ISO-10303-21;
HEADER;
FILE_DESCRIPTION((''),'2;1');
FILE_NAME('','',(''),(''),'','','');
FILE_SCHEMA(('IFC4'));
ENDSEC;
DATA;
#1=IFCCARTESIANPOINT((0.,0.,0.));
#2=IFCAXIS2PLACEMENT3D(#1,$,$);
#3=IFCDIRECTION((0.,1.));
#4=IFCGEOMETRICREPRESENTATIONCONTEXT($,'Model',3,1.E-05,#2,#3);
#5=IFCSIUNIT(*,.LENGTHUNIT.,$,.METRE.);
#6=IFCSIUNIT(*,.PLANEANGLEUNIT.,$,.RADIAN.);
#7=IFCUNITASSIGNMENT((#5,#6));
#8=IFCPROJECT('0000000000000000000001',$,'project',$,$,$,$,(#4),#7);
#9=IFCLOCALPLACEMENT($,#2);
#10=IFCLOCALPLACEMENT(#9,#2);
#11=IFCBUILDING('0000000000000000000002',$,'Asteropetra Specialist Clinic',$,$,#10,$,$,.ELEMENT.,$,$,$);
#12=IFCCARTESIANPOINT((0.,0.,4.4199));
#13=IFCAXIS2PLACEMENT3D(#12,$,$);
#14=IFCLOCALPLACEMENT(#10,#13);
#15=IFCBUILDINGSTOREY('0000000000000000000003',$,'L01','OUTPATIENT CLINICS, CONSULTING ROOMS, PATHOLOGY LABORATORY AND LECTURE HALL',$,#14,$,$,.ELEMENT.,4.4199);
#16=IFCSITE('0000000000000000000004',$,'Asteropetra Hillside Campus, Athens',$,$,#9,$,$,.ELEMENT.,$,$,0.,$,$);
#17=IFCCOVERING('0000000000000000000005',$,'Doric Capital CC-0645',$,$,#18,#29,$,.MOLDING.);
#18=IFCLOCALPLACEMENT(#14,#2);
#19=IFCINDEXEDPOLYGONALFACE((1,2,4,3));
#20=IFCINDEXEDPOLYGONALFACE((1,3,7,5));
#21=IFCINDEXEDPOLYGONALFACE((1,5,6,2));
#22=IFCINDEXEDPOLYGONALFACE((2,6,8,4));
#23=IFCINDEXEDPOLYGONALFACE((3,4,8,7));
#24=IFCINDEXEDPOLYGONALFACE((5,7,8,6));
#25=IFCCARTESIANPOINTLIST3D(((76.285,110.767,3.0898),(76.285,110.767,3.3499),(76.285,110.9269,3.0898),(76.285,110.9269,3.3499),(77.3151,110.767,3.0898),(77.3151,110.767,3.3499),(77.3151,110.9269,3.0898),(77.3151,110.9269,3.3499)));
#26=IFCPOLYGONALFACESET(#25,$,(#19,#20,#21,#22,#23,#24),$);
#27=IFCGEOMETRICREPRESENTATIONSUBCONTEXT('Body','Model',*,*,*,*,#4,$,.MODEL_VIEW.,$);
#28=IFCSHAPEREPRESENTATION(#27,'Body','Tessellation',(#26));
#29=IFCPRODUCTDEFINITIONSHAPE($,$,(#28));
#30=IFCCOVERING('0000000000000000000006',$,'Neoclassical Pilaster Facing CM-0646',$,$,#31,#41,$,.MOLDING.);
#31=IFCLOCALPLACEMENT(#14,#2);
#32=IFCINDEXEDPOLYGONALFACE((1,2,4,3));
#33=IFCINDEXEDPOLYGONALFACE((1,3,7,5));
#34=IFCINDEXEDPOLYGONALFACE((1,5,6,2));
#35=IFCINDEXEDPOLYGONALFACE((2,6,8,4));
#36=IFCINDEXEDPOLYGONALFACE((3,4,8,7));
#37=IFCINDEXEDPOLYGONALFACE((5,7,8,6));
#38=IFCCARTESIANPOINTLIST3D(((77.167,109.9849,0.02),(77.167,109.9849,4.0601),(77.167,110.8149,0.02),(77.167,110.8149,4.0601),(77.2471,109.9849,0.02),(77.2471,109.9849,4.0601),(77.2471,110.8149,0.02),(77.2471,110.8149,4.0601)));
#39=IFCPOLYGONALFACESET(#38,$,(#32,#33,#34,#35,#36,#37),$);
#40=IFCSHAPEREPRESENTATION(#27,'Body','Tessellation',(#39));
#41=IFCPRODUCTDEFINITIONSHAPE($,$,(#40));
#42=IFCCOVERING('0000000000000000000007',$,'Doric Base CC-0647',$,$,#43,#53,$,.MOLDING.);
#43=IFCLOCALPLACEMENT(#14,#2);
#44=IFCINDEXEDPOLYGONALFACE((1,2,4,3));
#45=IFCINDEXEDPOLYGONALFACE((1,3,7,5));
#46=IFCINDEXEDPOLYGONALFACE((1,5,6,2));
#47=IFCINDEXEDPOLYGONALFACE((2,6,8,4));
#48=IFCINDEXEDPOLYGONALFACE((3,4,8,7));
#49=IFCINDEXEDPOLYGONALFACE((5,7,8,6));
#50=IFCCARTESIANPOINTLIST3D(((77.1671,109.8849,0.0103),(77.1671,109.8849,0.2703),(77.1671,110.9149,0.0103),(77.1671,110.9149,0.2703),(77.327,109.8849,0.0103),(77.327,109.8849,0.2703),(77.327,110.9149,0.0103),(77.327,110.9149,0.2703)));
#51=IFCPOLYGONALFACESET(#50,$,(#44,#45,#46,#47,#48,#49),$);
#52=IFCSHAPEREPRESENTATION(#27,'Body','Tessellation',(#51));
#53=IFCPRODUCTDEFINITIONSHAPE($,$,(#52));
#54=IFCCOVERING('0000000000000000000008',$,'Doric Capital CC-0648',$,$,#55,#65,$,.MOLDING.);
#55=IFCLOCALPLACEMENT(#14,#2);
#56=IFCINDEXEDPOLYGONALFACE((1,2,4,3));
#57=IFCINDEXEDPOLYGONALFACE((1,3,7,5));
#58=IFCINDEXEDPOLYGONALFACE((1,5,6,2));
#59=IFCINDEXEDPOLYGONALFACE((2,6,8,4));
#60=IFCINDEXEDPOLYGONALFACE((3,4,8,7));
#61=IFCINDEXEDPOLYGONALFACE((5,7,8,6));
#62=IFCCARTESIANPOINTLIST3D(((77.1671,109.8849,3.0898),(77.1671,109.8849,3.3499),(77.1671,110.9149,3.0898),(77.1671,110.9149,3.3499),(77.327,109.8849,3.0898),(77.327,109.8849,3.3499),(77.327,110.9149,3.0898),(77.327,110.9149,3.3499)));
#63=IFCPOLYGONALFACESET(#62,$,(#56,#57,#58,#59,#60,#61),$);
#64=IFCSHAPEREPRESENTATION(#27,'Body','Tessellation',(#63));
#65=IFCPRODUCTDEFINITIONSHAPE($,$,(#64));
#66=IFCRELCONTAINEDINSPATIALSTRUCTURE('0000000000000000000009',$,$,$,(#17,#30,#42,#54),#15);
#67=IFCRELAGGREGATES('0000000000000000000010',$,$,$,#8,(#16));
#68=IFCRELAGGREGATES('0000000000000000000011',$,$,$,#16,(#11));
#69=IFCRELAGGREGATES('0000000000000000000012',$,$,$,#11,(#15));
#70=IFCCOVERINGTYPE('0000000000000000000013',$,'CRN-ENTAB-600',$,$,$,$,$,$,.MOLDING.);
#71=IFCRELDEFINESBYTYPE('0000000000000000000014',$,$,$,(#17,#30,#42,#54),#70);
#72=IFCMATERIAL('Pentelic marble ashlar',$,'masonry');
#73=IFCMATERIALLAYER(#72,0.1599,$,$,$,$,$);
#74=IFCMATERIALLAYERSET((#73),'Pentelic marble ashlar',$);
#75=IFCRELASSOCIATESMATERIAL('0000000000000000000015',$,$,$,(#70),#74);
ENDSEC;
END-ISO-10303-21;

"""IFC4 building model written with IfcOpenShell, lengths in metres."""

from ifc_helpers import new_model, si_unit, direction, frame, origin, origin_2d, place, context, subcontext, project, spatial, rectangle, extrude, material, layer, layer_set, type_object, element, save


model = new_model("IFC4")

# Units and contexts
model_context = context("Model", 3, precision=1e-05, world=origin(), true_north=direction((0.0, 1.0)))
body_context = subcontext(model_context, "Body", "Model", "MODEL_VIEW")
ifc_project = project(units=[si_unit("LENGTHUNIT", "METRE"), si_unit("PLANEANGLEUNIT", "RADIAN")], contexts=[model_context])

# Site, building, storey
site_placement = place(None, origin())
site = spatial("IfcSite", under=ifc_project, at=site_placement, Name="Asteropetra Hillside Campus, Athens", CompositionType="ELEMENT", RefElevation=0.0)
building_placement = place(site_placement, origin())
building = spatial("IfcBuilding", under=site, at=building_placement, Name="Asteropetra Specialist Clinic", CompositionType="ELEMENT")
storey_placement = place(building_placement, frame((0.0, 0.0, 4.4199)))
storey = spatial("IfcBuildingStorey", under=building, at=storey_placement, Name="L01", Description="OUTPATIENT CLINICS, CONSULTING ROOMS, PATHOLOGY LABORATORY AND LECTURE HALL", CompositionType="ELEMENT", Elevation=4.4199)

# Coverings
ifc_material_1 = material(Name="Pentelic marble ashlar", Category="masonry")
ifc_layer_1 = layer(ifc_material_1, 0.1599)
ifc_layer_set_1 = layer_set([ifc_layer_1], Name="Pentelic marble ashlar")
covering_type_1 = type_object("IfcCoveringType", Name="CRN-ENTAB-600", PredefinedType="MOLDING", material=ifc_layer_set_1)
for number, where, z_axis, x_axis, name in (
    (1, (76.8, 110.8469, 3.0898), (0.0, 0.0, 1.0), (1.0, 0.0, 0.0), "Doric Capital CC-0645"),
):
    element("IfcCovering", number, at=place(storey_placement, frame(where, z_axis=z_axis, x_axis=x_axis)), inside=storey, type_object=covering_type_1, Name=name, PredefinedType="MOLDING", context=body_context, shape_type="SweptSolid", body=[
        extrude(rectangle(XDim=1.03, YDim=0.1599, at=origin_2d()), origin(), (0.0, 0.0, 1.0), 0.26),
    ])
covering_1_placement = place(storey_placement, frame((77.207, 110.3999, 0.02), z_axis=(0.0, 0.0, 1.0), x_axis=(1.0, 0.0, 0.0)))
element("IfcCovering", 2, at=covering_1_placement, inside=storey, type_object=covering_type_1, Name="Neoclassical Pilaster Facing CM-0646", PredefinedType="MOLDING", context=body_context, shape_type="SweptSolid", body=[
    extrude(rectangle(XDim=0.0801, YDim=0.8301, at=origin_2d()), origin(), (0.0, 0.0, 1.0), 4.04),
])
for number, where, z_axis, x_axis, name in (
    (3, (77.2471, 110.3999, 0.0103), (0.0, 0.0, 1.0), (1.0, 0.0, 0.0), "Doric Base CC-0647"),
    (4, (77.2471, 110.3999, 3.0898), (0.0, 0.0, 1.0), (1.0, 0.0, 0.0), "Doric Capital CC-0648"),
):
    element("IfcCovering", number, at=place(storey_placement, frame(where, z_axis=z_axis, x_axis=x_axis)), inside=storey, type_object=covering_type_1, Name=name, PredefinedType="MOLDING", context=body_context, shape_type="SweptSolid", body=[
        extrude(rectangle(XDim=0.1599, YDim=1.03, at=origin_2d()), origin(), (0.0, 0.0, 1.0), 0.26),
    ])

save(model, "model.ifc")
